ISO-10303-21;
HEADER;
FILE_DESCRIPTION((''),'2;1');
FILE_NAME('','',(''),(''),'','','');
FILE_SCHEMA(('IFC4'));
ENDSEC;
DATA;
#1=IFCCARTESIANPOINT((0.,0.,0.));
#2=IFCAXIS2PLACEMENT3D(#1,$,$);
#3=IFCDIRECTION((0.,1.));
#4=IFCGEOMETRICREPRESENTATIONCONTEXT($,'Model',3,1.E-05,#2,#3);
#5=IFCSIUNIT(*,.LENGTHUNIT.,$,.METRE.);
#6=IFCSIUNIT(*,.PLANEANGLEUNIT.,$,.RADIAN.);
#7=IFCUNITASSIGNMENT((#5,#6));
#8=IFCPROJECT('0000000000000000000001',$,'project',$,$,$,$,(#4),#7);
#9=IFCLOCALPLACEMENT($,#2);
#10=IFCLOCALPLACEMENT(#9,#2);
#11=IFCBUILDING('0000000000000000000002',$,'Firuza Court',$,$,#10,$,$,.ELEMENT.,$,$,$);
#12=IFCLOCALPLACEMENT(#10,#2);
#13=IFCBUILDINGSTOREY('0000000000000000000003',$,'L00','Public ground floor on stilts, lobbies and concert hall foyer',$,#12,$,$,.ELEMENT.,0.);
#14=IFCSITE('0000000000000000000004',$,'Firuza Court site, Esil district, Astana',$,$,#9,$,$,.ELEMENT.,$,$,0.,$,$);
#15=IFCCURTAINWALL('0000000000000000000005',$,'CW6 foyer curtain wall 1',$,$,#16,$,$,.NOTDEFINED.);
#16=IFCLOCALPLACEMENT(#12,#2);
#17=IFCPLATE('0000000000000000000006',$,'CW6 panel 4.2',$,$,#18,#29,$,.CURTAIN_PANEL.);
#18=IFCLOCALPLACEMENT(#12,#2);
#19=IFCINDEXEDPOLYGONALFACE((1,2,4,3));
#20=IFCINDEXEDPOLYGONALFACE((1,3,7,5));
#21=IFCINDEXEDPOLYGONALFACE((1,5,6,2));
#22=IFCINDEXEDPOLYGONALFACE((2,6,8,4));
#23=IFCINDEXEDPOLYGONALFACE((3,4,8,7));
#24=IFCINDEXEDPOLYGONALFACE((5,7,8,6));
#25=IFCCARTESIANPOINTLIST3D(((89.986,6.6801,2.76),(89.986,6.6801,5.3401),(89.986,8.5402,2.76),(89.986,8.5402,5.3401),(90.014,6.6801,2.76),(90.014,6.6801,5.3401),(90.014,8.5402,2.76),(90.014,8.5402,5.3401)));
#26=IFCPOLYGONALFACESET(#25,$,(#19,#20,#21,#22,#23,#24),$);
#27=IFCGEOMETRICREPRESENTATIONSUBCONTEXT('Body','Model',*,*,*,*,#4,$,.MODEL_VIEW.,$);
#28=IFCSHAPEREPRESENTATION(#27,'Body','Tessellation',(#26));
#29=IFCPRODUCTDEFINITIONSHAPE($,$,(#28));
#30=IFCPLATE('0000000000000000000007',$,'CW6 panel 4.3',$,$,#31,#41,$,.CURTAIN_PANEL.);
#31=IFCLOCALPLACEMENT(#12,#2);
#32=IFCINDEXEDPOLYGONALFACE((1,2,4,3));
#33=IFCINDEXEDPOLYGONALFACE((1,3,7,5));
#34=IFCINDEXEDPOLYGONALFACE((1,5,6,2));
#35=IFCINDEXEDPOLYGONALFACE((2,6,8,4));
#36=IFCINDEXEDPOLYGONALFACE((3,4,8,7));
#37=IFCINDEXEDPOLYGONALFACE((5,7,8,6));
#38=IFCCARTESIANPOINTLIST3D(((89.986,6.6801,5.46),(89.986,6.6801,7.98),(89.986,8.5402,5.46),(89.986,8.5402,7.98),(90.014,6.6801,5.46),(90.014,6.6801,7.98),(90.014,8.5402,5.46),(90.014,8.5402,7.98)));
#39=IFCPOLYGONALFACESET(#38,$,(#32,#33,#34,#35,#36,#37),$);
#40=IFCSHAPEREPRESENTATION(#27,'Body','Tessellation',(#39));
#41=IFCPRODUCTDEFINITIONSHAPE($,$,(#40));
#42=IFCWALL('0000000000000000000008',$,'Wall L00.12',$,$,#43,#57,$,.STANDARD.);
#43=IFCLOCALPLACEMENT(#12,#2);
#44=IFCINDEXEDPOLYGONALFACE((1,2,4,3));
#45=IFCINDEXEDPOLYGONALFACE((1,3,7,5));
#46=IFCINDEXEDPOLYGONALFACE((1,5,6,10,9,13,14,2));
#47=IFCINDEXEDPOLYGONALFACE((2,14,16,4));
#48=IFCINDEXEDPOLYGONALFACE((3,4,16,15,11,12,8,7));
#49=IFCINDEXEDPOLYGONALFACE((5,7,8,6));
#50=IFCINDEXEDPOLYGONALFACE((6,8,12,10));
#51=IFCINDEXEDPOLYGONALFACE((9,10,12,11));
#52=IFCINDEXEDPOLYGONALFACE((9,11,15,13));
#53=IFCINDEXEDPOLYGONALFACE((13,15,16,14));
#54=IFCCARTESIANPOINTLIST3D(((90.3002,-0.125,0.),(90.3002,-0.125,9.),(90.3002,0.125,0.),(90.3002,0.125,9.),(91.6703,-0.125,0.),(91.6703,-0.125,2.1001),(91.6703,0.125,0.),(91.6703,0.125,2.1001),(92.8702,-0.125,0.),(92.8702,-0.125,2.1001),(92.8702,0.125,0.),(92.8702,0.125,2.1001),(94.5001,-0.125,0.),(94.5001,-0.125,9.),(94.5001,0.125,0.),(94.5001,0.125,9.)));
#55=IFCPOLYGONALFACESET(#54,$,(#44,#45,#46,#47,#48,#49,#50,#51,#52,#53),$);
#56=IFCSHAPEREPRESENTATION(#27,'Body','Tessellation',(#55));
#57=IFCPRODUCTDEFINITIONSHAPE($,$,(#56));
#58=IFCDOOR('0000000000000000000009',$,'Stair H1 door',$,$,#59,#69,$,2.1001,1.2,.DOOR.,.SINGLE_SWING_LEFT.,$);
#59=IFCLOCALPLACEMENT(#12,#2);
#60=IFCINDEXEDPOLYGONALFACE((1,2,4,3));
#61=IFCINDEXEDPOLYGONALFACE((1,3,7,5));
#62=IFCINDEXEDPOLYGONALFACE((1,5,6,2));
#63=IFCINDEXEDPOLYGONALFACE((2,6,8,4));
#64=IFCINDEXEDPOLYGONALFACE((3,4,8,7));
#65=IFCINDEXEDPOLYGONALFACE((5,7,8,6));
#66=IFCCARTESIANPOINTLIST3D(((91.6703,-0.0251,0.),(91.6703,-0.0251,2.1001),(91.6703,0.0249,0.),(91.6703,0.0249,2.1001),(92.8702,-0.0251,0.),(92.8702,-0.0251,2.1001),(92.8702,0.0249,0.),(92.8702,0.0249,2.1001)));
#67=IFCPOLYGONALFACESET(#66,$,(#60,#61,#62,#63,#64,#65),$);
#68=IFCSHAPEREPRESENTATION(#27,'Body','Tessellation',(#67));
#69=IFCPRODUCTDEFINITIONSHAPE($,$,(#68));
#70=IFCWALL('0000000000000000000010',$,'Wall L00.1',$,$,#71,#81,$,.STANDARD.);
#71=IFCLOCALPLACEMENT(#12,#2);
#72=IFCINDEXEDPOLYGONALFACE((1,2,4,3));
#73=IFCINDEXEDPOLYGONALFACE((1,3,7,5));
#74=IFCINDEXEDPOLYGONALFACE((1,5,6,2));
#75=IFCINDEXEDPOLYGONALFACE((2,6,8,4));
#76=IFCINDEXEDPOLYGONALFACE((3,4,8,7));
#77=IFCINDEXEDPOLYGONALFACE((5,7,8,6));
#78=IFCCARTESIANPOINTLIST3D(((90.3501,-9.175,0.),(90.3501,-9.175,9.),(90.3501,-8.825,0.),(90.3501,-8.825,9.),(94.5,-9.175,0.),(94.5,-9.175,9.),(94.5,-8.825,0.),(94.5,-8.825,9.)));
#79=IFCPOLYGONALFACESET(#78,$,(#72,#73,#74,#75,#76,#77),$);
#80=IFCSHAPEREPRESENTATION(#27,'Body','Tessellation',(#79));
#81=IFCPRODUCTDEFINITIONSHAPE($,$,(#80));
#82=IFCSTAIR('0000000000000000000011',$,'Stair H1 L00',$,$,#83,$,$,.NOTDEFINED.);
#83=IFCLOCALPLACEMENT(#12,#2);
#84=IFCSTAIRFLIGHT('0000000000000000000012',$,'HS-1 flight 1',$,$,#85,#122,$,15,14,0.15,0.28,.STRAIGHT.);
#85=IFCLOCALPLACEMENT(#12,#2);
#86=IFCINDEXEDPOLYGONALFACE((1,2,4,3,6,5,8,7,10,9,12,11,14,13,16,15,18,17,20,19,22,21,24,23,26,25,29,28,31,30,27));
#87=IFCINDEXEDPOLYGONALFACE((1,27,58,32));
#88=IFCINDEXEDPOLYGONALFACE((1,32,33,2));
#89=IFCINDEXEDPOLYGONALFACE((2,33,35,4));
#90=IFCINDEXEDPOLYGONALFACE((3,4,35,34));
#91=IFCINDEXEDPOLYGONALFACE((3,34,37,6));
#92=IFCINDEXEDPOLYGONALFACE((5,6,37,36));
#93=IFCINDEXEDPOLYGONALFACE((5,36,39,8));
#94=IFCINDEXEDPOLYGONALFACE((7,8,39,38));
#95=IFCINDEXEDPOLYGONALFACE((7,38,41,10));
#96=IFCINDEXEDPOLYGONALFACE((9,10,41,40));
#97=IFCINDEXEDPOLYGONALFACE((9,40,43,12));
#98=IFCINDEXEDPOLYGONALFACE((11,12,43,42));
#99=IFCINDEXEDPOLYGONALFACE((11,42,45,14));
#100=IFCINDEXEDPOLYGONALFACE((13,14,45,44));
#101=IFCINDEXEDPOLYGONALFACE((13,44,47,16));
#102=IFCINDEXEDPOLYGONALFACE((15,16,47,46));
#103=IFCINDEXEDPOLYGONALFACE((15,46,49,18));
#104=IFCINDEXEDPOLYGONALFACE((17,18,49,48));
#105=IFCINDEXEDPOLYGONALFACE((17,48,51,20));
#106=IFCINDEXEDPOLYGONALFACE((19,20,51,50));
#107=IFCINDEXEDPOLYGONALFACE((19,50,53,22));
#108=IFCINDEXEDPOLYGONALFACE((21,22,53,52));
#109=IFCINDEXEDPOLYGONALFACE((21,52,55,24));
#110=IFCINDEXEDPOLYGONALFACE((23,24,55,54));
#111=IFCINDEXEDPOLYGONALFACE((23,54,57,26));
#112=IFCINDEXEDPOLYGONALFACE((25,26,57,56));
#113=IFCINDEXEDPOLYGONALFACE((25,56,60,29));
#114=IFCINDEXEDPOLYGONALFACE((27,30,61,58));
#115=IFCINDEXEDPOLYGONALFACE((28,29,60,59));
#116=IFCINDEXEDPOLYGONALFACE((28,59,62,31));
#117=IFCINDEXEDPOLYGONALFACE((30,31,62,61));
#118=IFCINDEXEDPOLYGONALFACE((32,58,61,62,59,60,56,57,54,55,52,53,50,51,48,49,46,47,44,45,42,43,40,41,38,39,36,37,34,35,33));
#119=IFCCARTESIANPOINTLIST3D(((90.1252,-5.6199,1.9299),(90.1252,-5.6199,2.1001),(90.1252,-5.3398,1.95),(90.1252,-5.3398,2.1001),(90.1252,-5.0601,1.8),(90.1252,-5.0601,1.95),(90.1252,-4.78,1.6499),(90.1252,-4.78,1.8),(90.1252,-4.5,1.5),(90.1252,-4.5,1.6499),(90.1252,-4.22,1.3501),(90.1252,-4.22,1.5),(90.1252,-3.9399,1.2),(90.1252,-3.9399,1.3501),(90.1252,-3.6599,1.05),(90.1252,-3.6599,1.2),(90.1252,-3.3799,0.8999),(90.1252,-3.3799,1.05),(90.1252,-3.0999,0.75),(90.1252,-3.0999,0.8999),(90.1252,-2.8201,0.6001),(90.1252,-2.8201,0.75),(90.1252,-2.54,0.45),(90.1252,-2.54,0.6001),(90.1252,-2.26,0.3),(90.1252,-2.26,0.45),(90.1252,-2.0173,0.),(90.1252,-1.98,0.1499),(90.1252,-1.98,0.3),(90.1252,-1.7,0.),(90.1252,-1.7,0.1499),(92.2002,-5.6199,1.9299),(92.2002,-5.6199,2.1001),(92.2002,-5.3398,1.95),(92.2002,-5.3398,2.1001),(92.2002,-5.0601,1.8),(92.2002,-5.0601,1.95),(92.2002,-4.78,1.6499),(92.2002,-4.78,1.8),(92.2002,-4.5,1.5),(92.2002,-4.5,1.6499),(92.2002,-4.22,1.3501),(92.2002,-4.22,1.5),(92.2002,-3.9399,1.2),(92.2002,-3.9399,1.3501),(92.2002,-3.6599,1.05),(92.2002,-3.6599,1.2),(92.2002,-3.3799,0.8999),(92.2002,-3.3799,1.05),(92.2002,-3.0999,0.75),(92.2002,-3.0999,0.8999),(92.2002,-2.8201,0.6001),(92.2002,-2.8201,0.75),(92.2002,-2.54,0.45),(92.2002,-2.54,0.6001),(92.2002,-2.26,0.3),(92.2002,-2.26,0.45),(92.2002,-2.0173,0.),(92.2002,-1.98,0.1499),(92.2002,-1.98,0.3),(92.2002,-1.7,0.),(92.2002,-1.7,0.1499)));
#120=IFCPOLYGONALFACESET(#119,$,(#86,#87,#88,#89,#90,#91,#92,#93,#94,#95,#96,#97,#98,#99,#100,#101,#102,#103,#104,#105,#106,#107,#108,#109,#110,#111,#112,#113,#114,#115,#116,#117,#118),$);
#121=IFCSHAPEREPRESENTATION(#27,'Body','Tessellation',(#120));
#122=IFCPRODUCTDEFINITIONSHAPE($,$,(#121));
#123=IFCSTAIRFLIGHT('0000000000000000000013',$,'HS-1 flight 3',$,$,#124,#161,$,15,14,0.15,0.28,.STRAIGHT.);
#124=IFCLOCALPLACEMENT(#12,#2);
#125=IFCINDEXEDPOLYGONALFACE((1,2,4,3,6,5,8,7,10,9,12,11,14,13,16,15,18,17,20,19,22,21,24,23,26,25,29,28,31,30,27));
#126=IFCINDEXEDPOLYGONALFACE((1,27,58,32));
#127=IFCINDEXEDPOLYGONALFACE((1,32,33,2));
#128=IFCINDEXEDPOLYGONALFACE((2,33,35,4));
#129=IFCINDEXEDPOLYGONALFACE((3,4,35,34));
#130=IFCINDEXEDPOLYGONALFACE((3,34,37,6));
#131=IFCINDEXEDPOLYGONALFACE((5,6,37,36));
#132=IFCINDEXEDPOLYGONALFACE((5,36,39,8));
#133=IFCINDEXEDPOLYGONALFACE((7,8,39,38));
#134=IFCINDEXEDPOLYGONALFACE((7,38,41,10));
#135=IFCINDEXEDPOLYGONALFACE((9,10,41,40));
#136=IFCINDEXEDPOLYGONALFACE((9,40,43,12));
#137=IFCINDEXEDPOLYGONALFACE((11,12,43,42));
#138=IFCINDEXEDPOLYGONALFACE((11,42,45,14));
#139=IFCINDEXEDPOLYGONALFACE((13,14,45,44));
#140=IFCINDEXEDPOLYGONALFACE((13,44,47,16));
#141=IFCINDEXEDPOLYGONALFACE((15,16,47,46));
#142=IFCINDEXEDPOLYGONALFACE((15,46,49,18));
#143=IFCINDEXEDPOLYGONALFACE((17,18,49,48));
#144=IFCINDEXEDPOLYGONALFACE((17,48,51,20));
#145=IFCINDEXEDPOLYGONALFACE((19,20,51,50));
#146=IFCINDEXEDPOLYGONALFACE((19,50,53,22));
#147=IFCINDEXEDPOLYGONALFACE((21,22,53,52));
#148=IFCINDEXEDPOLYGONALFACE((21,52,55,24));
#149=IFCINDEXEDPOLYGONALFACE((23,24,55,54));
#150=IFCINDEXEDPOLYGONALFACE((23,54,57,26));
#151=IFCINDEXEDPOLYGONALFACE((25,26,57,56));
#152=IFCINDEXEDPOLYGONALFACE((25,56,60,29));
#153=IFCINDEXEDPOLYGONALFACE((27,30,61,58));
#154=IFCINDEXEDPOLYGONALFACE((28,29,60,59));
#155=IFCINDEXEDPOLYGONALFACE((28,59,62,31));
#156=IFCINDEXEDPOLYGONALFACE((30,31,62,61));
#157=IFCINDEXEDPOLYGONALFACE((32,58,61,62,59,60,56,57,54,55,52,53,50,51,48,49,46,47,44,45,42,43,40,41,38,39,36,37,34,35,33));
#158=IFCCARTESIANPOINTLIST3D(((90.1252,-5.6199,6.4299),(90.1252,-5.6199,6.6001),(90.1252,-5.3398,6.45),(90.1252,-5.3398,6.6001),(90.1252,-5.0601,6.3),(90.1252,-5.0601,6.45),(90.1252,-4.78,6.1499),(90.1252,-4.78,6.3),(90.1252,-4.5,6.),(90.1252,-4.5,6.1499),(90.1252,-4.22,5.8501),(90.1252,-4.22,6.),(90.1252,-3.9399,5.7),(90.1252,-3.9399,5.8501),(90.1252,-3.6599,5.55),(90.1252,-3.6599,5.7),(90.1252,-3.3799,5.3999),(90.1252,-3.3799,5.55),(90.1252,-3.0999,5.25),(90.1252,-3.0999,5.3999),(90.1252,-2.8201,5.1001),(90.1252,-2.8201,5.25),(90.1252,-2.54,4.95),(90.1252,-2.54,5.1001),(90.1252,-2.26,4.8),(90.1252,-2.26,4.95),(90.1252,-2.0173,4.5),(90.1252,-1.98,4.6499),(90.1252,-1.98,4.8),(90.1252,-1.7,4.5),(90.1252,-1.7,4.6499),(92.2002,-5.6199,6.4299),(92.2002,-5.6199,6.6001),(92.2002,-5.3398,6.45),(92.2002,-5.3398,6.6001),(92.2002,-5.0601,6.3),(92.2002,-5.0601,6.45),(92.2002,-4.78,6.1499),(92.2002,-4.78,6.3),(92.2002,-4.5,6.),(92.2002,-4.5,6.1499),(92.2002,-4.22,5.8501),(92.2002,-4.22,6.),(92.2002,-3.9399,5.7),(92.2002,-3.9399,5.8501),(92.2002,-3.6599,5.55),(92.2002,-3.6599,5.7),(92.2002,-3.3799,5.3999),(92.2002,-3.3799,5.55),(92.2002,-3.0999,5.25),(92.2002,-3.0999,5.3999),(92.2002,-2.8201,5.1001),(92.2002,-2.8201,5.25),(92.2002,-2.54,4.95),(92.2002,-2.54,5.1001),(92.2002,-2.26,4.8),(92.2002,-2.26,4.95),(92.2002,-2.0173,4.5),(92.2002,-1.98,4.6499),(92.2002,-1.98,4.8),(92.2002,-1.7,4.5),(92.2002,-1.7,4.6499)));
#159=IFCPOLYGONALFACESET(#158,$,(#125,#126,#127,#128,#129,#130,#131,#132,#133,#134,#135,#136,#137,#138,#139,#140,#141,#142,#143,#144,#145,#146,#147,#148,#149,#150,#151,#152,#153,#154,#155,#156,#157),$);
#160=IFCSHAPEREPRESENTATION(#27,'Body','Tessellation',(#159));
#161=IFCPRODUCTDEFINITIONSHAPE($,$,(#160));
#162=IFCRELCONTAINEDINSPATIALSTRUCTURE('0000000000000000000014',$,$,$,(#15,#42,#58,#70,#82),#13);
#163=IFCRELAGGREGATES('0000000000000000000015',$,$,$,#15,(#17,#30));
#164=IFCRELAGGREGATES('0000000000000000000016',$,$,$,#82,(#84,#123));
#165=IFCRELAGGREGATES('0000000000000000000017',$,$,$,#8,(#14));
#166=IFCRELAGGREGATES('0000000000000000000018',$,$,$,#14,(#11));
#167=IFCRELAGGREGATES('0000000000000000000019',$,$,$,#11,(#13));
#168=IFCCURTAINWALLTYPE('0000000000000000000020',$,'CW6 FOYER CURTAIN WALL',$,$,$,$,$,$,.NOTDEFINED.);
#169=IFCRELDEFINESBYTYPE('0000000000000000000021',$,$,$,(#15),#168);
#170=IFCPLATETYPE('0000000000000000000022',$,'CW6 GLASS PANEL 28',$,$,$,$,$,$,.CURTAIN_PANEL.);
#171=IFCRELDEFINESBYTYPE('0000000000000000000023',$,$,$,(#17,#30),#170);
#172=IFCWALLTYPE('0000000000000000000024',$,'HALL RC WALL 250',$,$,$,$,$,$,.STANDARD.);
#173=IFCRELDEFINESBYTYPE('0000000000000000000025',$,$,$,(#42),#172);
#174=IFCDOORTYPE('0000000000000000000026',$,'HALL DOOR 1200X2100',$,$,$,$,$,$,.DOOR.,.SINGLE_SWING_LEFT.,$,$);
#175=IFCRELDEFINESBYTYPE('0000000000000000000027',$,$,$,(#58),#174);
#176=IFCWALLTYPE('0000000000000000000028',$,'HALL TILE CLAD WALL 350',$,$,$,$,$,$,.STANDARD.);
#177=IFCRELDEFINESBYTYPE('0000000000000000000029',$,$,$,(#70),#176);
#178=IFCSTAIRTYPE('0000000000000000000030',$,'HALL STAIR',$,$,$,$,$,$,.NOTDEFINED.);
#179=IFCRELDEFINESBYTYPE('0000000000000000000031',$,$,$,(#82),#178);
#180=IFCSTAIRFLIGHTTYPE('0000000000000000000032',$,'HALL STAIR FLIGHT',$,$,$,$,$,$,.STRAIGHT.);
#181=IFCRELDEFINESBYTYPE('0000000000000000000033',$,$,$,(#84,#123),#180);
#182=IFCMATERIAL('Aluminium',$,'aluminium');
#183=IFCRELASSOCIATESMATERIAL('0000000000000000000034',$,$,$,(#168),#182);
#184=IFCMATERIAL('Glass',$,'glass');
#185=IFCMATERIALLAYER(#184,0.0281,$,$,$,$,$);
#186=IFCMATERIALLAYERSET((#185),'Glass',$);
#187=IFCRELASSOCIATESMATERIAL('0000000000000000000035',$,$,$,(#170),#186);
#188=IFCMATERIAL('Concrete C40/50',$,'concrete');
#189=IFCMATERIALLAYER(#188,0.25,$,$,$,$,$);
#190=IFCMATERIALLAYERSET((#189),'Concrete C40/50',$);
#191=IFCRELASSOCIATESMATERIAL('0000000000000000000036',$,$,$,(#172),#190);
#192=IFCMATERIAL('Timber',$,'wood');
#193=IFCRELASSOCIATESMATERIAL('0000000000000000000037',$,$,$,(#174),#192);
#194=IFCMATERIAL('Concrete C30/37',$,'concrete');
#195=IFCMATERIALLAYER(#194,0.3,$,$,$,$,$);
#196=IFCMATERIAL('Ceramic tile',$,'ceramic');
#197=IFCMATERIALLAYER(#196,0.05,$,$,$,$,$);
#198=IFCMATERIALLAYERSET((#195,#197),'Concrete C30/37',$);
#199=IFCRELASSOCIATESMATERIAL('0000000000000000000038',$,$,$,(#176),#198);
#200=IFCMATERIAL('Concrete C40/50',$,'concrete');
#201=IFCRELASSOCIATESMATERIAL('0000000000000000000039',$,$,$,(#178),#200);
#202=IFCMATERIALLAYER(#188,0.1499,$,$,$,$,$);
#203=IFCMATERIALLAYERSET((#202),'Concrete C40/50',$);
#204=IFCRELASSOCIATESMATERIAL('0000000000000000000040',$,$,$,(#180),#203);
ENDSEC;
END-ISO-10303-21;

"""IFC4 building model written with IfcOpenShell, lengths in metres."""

from ifc_helpers import new_model, si_unit, direction, frame, frame_2d, origin, origin_2d, place, context, subcontext, project, spatial, polyline, rectangle, outline, extrude, material, layer, layer_set, type_object, element, fill, aggregate, save


model = new_model("IFC4")

# Units and contexts
model_context = context("Model", 3, precision=1e-05, world=origin(), true_north=direction((0.0, 1.0)))
body_context = subcontext(model_context, "Body", "Model", "MODEL_VIEW")
ifc_project = project(units=[si_unit("LENGTHUNIT", "METRE"), si_unit("PLANEANGLEUNIT", "RADIAN")], contexts=[model_context])

# Site, building, storey
site_placement = place(None, origin())
site = spatial("IfcSite", under=ifc_project, at=site_placement, Name="Firuza Court site, Esil district, Astana", CompositionType="ELEMENT", RefElevation=0.0)
building_placement = place(site_placement, origin())
building = spatial("IfcBuilding", under=site, at=building_placement, Name="Firuza Court", CompositionType="ELEMENT")
storey_placement = place(building_placement, origin())
storey = spatial("IfcBuildingStorey", under=building, at=storey_placement, Name="L00", Description="Public ground floor on stilts, lobbies and concert hall foyer", CompositionType="ELEMENT", Elevation=0.0)

# Curtain wall
ifc_material_1 = material(Name="Aluminium", Category="aluminium")
curtain_wall_type = type_object("IfcCurtainWallType", Name="CW6 FOYER CURTAIN WALL", PredefinedType="NOTDEFINED", material=ifc_material_1)
curtain_wall_placement = place(storey_placement, origin())
curtain_wall = element("IfcCurtainWall", 1, at=curtain_wall_placement, inside=storey, type_object=curtain_wall_type, Name="CW6 foyer curtain wall 1", PredefinedType="NOTDEFINED")

# Plates
ifc_material_2 = material(Name="Glass", Category="glass")
ifc_layer_1 = layer(ifc_material_2, 0.0281)
ifc_layer_set_1 = layer_set([ifc_layer_1], Name="Glass")
plate_type = type_object("IfcPlateType", Name="CW6 GLASS PANEL 28", PredefinedType="CURTAIN_PANEL", material=ifc_layer_set_1)
plate_1_placement = place(storey_placement, frame((90.0, 7.6101, 2.76), z_axis=(0.0, 0.0, 1.0), x_axis=(0.0, 1.0, 0.0)))
plate_1 = element("IfcPlate", 2, at=plate_1_placement, type_object=plate_type, Name="CW6 panel 4.2", PredefinedType="CURTAIN_PANEL", context=body_context, shape_type="SweptSolid", body=[
    extrude(rectangle(XDim=1.8601, YDim=0.0281, at=origin_2d()), origin(), (0.0, 0.0, 1.0), 2.5801),
])
plate_2_placement = place(storey_placement, frame((90.0, 7.6101, 5.46), z_axis=(0.0, 0.0, 1.0), x_axis=(0.0, 1.0, 0.0)))
plate_2 = element("IfcPlate", 3, at=plate_2_placement, type_object=plate_type, Name="CW6 panel 4.3", PredefinedType="CURTAIN_PANEL", context=body_context, shape_type="SweptSolid", body=[
    extrude(rectangle(XDim=1.8601, YDim=0.0281, at=origin_2d()), origin(), (0.0, 0.0, 1.0), 2.52),
])
aggregate(curtain_wall, [plate_1, plate_2])

# Wall, opening, door
ifc_material_3 = material(Name="Concrete C40/50", Category="concrete")
ifc_layer_2 = layer(ifc_material_3, 0.25)
ifc_layer_set_2 = layer_set([ifc_layer_2], Name="Concrete C40/50")
wall_type_1 = type_object("IfcWallType", Name="HALL RC WALL 250", PredefinedType="STANDARD", material=ifc_layer_set_2)
wall_1_placement = place(storey_placement, frame((90.3, 0.0, 0.0), z_axis=(0.0, 0.0, 1.0), x_axis=(1.0, 0.0, 0.0)))
wall_1 = element("IfcWall", 4, at=wall_1_placement, inside=storey, type_object=wall_type_1, Name="Wall L00.12", PredefinedType="STANDARD", context=body_context, shape_type="SweptSolid", body=[
    extrude(rectangle(XDim=4.2, YDim=0.25, at=frame_2d((2.1001, 0.0))), origin(), (0.0, 0.0, 1.0), 9.0),
])
opening_placement = place(wall_1_placement, frame((1.3701, 0.0, 0.0)))
opening = element("IfcOpeningElement", 5, at=opening_placement, cuts=wall_1, PredefinedType="OPENING", context=body_context, shape_type="SweptSolid", body=[
    extrude(rectangle(XDim=1.2, YDim=2.1001, at=frame_2d((0.6001, 1.05))), frame((0.0, 0.137, 0.0), z_axis=(0.0, -1.0, 0.0), x_axis=(1.0, 0.0, 0.0)), (0.0, 0.0, 1.0), 0.2739),
])
ifc_material_4 = material(Name="Timber", Category="wood")
door_type = type_object("IfcDoorType", Name="HALL DOOR 1200X2100", OperationType="SINGLE_SWING_LEFT", PredefinedType="DOOR", material=ifc_material_4)
door_placement = place(opening_placement, origin())
door = element("IfcDoor", 6, at=door_placement, inside=storey, type_object=door_type, Name="Stair H1 door", OperationType="SINGLE_SWING_LEFT", OverallHeight=2.1001, OverallWidth=1.2, PredefinedType="DOOR", context=body_context, shape_type="SweptSolid", body=[
    extrude(rectangle(XDim=1.2, YDim=2.1001, at=frame_2d((0.6001, 1.05))), frame((0.0, 0.0249, 0.0), z_axis=(0.0, -1.0, 0.0), x_axis=(1.0, 0.0, 0.0)), (0.0, 0.0, 1.0), 0.05),
])
fill(opening, door)

# Wall
ifc_material_5 = material(Name="Concrete C30/37", Category="concrete")
ifc_layer_3 = layer(ifc_material_5, 0.3)
ifc_material_6 = material(Name="Ceramic tile", Category="ceramic")
ifc_layer_4 = layer(ifc_material_6, 0.05)
ifc_layer_set_3 = layer_set([ifc_layer_3, ifc_layer_4], Name="Concrete C30/37")
wall_type_2 = type_object("IfcWallType", Name="HALL TILE CLAD WALL 350", PredefinedType="STANDARD", material=ifc_layer_set_3)
wall_2_placement = place(storey_placement, frame((90.3501, -9.0, 0.0), z_axis=(0.0, 0.0, 1.0), x_axis=(1.0, 0.0, 0.0)))
element("IfcWall", 7, at=wall_2_placement, inside=storey, type_object=wall_type_2, Name="Wall L00.1", PredefinedType="STANDARD", context=body_context, shape_type="SweptSolid", body=[
    extrude(rectangle(XDim=4.1499, YDim=0.3501, at=frame_2d((2.075, 0.0))), origin(), (0.0, 0.0, 1.0), 9.0),
])

# Stair, stair flights
ifc_material_7 = material(Name="Concrete C40/50", Category="concrete")
stair_type = type_object("IfcStairType", Name="HALL STAIR", PredefinedType="NOTDEFINED", material=ifc_material_7)
stair_placement = place(storey_placement, origin())
stair = element("IfcStair", 8, at=stair_placement, inside=storey, type_object=stair_type, Name="Stair H1 L00", PredefinedType="NOTDEFINED")
ifc_layer_5 = layer(ifc_material_3, 0.1499)
ifc_layer_set_4 = layer_set([ifc_layer_5], Name="Concrete C40/50")
stair_flight_type = type_object("IfcStairFlightType", Name="HALL STAIR FLIGHT", PredefinedType="STRAIGHT", material=ifc_layer_set_4)
stair_flight_1_placement = place(storey_placement, frame((91.1626, -1.7, 0.0), z_axis=(0.0, 0.0, 1.0), x_axis=(0.0, -1.0, 0.0)))
stair_flight_1 = element("IfcStairFlight", 9, at=stair_flight_1_placement, type_object=stair_flight_type, Name="HS-1 flight 1", NumberOfRisers=15, NumberOfTreads=14, PredefinedType="STRAIGHT", RiserHeight=0.15, TreadLength=0.28, context=body_context, shape_type="SweptSolid", body=[
    extrude(outline(polyline([(0.0, 0.0), (0.0, 0.1499), (0.28, 0.1499), (0.28, 0.3), (0.5601, 0.3), (0.5601, 0.45), (0.8401, 0.45), (0.8401, 0.6001), (1.1201, 0.6001), (1.1201, 0.75), (1.3999, 0.75), (1.3999, 0.8999), (1.6799, 0.8999), (1.6799, 1.05), (1.96, 1.05), (1.96, 1.2), (2.24, 1.2), (2.24, 1.3501), (2.52, 1.3501), (2.52, 1.5), (2.8, 1.5), (2.8, 1.6499), (3.0801, 1.6499), (3.0801, 1.8), (3.3601, 1.8), (3.3601, 1.95), (3.6399, 1.95), (3.6399, 2.1001), (3.9199, 2.1001), (3.9199, 2.25), (3.9199, 1.9299), (0.3174, 0.0), (0.0, 0.0)])), frame((0.0, 1.0376, 0.0), z_axis=(0.0, -1.0, 0.0), x_axis=(1.0, 0.0, 0.0)), (0.0, 0.0, 1.0), 2.075),
])
stair_flight_2_placement = place(storey_placement, frame((91.1626, -1.7, 4.5), z_axis=(0.0, 0.0, 1.0), x_axis=(0.0, -1.0, 0.0)))
stair_flight_2 = element("IfcStairFlight", 10, at=stair_flight_2_placement, type_object=stair_flight_type, Name="HS-1 flight 3", NumberOfRisers=15, NumberOfTreads=14, PredefinedType="STRAIGHT", RiserHeight=0.15, TreadLength=0.28, context=body_context, shape_type="SweptSolid", body=[
    extrude(outline(polyline([(0.0, 0.0), (0.0, 0.1499), (0.28, 0.1499), (0.28, 0.3), (0.5601, 0.3), (0.5601, 0.45), (0.8401, 0.45), (0.8401, 0.6001), (1.1201, 0.6001), (1.1201, 0.75), (1.3999, 0.75), (1.3999, 0.8999), (1.6799, 0.8999), (1.6799, 1.05), (1.96, 1.05), (1.96, 1.2), (2.24, 1.2), (2.24, 1.3501), (2.52, 1.3501), (2.52, 1.5), (2.8, 1.5), (2.8, 1.6499), (3.0801, 1.6499), (3.0801, 1.8), (3.3601, 1.8), (3.3601, 1.95), (3.6399, 1.95), (3.6399, 2.1001), (3.9199, 2.1001), (3.9199, 2.25), (3.9199, 1.9299), (0.3174, 0.0), (0.0, 0.0)])), frame((0.0, 1.0376, 0.0), z_axis=(0.0, -1.0, 0.0), x_axis=(1.0, 0.0, 0.0)), (0.0, 0.0, 1.0), 2.075),
])
aggregate(stair, [stair_flight_1, stair_flight_2])

save(model, "model.ifc")
